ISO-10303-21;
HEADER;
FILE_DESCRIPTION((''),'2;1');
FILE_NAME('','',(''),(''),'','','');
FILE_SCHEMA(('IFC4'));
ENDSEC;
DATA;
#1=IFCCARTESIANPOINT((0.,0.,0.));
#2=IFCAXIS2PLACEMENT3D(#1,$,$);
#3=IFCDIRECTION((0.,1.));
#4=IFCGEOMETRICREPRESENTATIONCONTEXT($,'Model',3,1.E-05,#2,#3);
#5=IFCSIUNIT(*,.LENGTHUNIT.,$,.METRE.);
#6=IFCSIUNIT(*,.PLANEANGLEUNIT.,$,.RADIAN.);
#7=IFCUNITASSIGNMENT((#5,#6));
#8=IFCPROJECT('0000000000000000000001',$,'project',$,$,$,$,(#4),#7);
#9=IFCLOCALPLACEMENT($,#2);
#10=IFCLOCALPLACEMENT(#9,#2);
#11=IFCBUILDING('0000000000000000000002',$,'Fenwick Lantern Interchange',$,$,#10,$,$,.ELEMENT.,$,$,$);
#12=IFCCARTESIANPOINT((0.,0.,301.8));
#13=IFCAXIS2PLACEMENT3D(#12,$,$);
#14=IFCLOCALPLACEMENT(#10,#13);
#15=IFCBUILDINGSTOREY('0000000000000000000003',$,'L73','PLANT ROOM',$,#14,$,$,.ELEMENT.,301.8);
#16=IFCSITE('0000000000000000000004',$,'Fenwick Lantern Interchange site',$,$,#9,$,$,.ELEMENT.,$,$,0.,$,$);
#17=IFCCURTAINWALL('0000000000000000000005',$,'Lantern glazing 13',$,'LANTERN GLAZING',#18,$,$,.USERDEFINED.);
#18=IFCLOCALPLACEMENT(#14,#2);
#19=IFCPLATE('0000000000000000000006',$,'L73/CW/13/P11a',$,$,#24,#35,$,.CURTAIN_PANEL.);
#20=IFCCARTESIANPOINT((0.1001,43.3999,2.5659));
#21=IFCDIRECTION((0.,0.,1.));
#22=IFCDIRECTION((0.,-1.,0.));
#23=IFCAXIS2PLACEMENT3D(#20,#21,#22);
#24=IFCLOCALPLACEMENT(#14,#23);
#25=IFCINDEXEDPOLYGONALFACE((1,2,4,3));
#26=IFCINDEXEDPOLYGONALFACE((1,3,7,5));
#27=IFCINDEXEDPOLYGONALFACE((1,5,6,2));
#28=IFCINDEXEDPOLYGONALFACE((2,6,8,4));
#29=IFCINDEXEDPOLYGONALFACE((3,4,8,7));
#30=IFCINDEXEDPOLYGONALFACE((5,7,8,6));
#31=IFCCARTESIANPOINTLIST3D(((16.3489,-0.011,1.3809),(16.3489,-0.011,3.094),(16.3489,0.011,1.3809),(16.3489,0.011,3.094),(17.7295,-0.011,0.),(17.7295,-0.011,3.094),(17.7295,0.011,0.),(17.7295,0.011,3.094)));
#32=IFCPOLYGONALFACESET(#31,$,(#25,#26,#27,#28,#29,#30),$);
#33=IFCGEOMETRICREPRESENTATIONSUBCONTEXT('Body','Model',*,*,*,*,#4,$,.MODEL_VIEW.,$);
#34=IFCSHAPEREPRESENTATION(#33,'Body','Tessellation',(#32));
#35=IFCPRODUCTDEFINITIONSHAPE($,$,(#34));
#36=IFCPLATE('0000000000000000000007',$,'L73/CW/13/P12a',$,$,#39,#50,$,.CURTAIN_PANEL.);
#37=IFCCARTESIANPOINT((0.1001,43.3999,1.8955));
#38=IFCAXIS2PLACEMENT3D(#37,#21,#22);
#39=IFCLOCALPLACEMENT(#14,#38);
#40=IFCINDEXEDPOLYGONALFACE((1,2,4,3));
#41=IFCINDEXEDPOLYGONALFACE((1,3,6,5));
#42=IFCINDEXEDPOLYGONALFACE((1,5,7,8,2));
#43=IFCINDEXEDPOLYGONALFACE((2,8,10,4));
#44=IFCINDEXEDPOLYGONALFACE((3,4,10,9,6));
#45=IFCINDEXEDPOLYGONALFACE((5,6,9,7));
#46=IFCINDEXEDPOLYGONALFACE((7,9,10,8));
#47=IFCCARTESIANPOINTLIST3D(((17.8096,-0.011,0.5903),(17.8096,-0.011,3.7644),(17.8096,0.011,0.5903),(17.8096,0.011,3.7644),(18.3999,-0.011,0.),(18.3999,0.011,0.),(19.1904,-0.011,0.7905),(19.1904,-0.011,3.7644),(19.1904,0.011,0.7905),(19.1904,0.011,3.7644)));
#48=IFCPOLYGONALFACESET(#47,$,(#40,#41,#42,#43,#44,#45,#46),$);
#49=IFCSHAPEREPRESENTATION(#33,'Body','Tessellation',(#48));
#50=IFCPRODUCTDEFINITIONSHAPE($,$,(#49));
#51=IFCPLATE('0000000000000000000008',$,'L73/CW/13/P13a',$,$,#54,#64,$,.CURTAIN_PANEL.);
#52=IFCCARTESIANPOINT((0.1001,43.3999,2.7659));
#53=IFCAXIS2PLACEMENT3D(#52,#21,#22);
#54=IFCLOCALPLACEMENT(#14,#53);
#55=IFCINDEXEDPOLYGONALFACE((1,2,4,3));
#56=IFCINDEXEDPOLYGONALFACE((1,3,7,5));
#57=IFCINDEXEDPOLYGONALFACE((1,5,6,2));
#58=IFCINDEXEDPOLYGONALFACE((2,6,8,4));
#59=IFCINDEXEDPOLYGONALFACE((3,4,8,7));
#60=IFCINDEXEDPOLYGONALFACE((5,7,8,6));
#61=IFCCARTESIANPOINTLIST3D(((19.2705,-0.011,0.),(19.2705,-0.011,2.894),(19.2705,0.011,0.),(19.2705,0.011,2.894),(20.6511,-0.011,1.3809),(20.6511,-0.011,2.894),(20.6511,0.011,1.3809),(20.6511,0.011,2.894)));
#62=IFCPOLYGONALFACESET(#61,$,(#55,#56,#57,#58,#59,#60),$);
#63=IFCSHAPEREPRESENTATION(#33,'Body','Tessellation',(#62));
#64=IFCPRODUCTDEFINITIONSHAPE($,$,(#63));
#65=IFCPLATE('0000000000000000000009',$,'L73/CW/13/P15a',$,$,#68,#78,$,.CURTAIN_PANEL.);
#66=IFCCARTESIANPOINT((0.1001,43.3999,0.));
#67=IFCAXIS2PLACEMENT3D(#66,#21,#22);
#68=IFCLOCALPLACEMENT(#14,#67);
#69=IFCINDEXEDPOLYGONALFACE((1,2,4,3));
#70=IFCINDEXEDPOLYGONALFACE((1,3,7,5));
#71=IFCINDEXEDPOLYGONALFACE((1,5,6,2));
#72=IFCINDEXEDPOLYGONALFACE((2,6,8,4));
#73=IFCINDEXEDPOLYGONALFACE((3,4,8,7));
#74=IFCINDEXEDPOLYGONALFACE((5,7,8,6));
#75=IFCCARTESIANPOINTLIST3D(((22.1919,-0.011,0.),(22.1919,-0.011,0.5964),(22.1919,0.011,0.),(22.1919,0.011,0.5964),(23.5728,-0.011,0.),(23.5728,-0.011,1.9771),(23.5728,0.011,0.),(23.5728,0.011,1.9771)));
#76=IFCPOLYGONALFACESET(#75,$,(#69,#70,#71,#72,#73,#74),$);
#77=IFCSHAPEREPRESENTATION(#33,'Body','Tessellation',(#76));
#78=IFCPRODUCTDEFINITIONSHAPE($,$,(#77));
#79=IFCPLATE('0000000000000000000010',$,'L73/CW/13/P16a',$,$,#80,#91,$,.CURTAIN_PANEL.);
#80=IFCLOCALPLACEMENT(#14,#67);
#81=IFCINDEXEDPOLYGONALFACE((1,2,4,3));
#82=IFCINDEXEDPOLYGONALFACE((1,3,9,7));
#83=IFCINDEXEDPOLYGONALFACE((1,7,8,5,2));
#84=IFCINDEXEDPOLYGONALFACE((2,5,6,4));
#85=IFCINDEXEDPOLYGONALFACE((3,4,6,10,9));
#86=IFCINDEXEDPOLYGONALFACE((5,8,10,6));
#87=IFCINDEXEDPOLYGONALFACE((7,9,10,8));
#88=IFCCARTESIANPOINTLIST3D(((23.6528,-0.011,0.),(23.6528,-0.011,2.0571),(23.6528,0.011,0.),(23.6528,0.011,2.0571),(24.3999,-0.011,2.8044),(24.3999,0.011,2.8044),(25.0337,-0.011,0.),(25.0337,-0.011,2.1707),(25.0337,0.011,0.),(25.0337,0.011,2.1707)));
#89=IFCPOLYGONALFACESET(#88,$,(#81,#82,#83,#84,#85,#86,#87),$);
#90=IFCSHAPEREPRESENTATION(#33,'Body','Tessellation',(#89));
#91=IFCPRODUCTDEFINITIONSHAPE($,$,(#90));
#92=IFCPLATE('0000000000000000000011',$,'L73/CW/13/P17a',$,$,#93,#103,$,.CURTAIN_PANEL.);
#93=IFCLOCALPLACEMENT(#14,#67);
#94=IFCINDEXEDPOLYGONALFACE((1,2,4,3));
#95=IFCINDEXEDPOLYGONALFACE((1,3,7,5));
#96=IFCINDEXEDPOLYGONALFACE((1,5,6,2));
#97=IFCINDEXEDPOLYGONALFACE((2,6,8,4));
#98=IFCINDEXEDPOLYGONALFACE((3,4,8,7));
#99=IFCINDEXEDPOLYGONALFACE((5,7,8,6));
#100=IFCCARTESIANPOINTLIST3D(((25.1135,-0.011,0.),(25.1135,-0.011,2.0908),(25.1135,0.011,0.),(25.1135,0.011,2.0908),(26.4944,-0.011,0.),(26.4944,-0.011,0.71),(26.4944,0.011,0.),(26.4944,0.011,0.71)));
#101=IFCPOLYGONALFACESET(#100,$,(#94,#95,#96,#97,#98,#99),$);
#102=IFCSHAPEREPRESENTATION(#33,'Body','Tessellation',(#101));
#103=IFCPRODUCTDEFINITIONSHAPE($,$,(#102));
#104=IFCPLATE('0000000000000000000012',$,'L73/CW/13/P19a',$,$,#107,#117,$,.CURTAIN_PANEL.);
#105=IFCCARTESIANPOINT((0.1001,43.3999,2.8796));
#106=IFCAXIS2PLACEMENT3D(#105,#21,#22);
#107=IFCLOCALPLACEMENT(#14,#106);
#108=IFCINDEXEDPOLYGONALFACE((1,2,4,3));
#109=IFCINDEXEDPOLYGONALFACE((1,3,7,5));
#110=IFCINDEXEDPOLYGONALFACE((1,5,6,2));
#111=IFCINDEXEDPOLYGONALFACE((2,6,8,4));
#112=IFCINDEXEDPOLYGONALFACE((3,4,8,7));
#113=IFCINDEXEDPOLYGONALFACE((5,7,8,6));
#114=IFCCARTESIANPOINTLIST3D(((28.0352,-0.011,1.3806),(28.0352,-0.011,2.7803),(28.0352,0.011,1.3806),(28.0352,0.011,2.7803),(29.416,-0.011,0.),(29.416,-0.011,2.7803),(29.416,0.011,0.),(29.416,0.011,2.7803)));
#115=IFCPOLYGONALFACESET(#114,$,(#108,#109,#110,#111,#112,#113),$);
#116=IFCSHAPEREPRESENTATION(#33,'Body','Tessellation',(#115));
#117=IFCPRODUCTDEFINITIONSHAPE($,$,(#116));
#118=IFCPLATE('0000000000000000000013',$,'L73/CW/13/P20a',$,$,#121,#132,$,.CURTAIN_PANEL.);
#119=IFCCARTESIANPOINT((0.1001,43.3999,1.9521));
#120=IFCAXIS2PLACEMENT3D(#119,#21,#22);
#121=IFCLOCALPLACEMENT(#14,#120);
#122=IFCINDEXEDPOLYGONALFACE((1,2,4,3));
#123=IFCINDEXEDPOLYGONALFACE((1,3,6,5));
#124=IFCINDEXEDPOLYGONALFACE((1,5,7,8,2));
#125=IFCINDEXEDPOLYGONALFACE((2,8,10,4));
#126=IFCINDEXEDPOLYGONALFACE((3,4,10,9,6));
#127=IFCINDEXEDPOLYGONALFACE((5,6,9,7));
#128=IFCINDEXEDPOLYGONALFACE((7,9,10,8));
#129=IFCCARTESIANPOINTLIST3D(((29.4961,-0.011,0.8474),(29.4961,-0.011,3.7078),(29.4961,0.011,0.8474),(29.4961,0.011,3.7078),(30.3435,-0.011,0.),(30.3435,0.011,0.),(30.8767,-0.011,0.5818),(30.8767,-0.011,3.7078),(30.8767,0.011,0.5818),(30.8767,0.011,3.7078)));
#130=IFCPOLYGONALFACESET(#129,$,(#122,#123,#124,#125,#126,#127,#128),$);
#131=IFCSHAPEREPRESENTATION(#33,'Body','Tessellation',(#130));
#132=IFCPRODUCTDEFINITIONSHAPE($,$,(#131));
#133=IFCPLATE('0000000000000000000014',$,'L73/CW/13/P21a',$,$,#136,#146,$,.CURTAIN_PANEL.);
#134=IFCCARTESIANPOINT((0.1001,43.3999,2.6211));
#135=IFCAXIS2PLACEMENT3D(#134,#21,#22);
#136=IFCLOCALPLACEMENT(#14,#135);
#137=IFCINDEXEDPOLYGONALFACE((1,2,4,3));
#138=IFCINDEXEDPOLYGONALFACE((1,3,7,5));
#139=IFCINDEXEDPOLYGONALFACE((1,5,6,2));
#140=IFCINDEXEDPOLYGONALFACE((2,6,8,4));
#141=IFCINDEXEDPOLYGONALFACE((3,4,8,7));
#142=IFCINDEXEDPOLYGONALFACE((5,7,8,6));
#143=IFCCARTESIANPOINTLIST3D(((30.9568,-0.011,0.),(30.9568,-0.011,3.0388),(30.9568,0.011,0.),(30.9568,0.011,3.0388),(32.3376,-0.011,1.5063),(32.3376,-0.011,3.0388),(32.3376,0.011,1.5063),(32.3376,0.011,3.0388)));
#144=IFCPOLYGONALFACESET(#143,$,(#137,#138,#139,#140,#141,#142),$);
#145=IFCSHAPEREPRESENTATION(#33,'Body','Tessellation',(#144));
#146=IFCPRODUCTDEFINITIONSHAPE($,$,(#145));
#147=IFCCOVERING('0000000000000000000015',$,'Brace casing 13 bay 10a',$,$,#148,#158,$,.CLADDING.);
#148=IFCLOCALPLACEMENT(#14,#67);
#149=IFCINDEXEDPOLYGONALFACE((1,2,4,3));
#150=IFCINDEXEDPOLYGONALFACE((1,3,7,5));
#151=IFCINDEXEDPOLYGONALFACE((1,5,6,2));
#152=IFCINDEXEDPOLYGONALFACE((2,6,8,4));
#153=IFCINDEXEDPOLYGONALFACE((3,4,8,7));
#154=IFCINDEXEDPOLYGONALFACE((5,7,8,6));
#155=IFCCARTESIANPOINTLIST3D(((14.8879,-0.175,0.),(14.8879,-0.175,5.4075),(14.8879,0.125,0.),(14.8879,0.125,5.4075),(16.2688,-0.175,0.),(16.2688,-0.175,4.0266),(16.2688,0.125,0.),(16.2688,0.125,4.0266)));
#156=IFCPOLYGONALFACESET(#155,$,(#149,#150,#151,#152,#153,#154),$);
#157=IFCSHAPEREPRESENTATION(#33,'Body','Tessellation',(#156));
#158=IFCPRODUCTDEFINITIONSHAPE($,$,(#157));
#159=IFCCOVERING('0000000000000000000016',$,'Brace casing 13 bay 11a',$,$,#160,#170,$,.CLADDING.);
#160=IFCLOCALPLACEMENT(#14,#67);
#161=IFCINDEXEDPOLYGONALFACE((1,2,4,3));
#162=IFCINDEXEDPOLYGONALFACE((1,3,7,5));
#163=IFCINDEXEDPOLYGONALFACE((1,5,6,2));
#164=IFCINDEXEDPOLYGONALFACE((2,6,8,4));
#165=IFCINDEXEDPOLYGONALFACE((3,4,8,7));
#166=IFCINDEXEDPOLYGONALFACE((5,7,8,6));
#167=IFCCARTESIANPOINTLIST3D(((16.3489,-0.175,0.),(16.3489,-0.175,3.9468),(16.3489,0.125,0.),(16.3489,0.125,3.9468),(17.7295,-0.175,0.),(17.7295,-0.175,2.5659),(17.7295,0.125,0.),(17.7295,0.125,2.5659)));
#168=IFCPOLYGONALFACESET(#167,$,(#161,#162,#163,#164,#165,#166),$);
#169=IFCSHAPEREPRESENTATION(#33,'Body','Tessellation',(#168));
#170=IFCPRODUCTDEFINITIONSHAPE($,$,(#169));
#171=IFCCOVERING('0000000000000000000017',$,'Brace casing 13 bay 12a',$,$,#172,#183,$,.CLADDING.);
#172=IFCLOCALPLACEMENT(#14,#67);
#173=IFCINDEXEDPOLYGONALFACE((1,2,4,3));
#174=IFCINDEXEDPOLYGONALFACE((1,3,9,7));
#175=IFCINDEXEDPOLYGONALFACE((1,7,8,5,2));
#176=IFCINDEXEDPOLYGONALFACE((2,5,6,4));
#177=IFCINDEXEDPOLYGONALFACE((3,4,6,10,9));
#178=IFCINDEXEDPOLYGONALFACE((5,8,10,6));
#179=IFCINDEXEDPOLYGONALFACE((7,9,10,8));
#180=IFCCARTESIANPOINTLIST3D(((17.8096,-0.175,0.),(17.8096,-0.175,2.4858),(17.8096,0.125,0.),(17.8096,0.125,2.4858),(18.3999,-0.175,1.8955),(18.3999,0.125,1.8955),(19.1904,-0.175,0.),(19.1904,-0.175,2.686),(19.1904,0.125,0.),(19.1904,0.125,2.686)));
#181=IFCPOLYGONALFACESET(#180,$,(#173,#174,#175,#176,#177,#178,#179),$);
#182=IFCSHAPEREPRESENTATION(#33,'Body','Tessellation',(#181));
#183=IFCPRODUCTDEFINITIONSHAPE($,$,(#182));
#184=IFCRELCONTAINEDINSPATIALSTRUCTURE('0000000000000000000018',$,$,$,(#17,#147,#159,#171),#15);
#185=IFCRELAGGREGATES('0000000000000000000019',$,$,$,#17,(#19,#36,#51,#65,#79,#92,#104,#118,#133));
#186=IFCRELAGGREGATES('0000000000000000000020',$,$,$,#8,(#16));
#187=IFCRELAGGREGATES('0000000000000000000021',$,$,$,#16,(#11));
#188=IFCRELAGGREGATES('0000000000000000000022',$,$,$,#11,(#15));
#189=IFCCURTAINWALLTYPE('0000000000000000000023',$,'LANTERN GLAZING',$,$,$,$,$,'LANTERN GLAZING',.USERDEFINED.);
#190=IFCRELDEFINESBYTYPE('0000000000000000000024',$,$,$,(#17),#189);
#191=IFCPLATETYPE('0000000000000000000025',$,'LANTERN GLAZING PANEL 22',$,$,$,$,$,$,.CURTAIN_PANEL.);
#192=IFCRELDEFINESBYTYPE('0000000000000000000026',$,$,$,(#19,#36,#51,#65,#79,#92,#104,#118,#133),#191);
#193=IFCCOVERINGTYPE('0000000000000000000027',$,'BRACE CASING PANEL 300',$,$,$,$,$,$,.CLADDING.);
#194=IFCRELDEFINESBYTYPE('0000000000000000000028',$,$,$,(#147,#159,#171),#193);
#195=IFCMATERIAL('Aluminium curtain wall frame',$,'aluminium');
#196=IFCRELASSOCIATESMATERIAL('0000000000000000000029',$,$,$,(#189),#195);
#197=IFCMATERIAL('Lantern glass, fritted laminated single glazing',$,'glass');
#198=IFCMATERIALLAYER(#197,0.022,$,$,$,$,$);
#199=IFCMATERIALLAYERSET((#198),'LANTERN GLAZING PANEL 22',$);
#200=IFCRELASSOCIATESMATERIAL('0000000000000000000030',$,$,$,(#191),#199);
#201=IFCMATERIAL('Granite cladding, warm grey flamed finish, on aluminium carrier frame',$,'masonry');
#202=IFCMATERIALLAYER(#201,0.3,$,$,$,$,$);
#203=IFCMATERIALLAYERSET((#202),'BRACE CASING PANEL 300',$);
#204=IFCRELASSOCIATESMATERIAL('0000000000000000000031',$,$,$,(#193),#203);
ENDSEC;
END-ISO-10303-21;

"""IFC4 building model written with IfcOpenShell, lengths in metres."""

from ifc_helpers import new_model, si_unit, direction, frame, origin, place, context, subcontext, project, spatial, polyline, outline, extrude, material, layer, layer_set, type_object, element, aggregate, save


model = new_model("IFC4")

# Units and contexts
model_context = context("Model", 3, precision=1e-05, world=origin(), true_north=direction((0.0, 1.0)))
body_context = subcontext(model_context, "Body", "Model", "MODEL_VIEW")
ifc_project = project(units=[si_unit("LENGTHUNIT", "METRE"), si_unit("PLANEANGLEUNIT", "RADIAN")], contexts=[model_context])

# Site, building, storey
site_placement = place(None, origin())
site = spatial("IfcSite", under=ifc_project, at=site_placement, Name="Fenwick Lantern Interchange site", CompositionType="ELEMENT", RefElevation=0.0)
building_placement = place(site_placement, origin())
building = spatial("IfcBuilding", under=site, at=building_placement, Name="Fenwick Lantern Interchange", CompositionType="ELEMENT")
storey_placement = place(building_placement, frame((0.0, 0.0, 301.8)))
storey = spatial("IfcBuildingStorey", under=building, at=storey_placement, Name="L73", Description="PLANT ROOM", CompositionType="ELEMENT", Elevation=301.8)

# Curtain wall, plates
ifc_material_1 = material(Name="Aluminium curtain wall frame", Category="aluminium")
curtain_wall_type = type_object("IfcCurtainWallType", Name="LANTERN GLAZING", ElementType="LANTERN GLAZING", PredefinedType="USERDEFINED", material=ifc_material_1)
curtain_wall_placement = place(storey_placement, origin())
curtain_wall = element("IfcCurtainWall", 1, at=curtain_wall_placement, inside=storey, type_object=curtain_wall_type, Name="Lantern glazing 13", ObjectType="LANTERN GLAZING", PredefinedType="USERDEFINED")
ifc_material_2 = material(Name="Lantern glass, fritted laminated single glazing", Category="glass")
ifc_layer_1 = layer(ifc_material_2, 0.022)
ifc_layer_set_1 = layer_set([ifc_layer_1], Name="LANTERN GLAZING PANEL 22")
plate_type = type_object("IfcPlateType", Name="LANTERN GLAZING PANEL 22", PredefinedType="CURTAIN_PANEL", material=ifc_layer_set_1)
plate_1_placement = place(storey_placement, frame((0.1001, 43.3999, 2.5659), z_axis=(0.0, 0.0, 1.0), x_axis=(0.0, -1.0, 0.0)))
plate_1 = element("IfcPlate", 2, at=plate_1_placement, type_object=plate_type, Name="L73/CW/13/P11a", PredefinedType="CURTAIN_PANEL", context=body_context, shape_type="SweptSolid", body=[
    extrude(outline(polyline([(17.7295, 0.0), (17.7295, 3.094), (16.3489, 3.094), (16.3489, 1.3809), (17.7295, 0.0)])), frame((0.0, 0.011, 0.0), z_axis=(0.0, -1.0, 0.0), x_axis=(1.0, 0.0, 0.0)), (0.0, 0.0, 1.0), 0.022),
])
plate_2_placement = place(storey_placement, frame((0.1001, 43.3999, 1.8955), z_axis=(0.0, 0.0, 1.0), x_axis=(0.0, -1.0, 0.0)))
plate_2 = element("IfcPlate", 3, at=plate_2_placement, type_object=plate_type, Name="L73/CW/13/P12a", PredefinedType="CURTAIN_PANEL", context=body_context, shape_type="SweptSolid", body=[
    extrude(outline(polyline([(18.3999, 0.0), (19.1904, 0.7905), (19.1904, 3.7644), (17.8096, 3.7644), (17.8096, 0.5903), (18.3999, 0.0)])), frame((0.0, 0.011, 0.0), z_axis=(0.0, -1.0, 0.0), x_axis=(1.0, 0.0, 0.0)), (0.0, 0.0, 1.0), 0.022),
])
plate_3_placement = place(storey_placement, frame((0.1001, 43.3999, 2.7659), z_axis=(0.0, 0.0, 1.0), x_axis=(0.0, -1.0, 0.0)))
plate_3 = element("IfcPlate", 4, at=plate_3_placement, type_object=plate_type, Name="L73/CW/13/P13a", PredefinedType="CURTAIN_PANEL", context=body_context, shape_type="SweptSolid", body=[
    extrude(outline(polyline([(19.2705, 0.0), (20.6511, 1.3809), (20.6511, 2.894), (19.2705, 2.894), (19.2705, 0.0)])), frame((0.0, 0.011, 0.0), z_axis=(0.0, -1.0, 0.0), x_axis=(1.0, 0.0, 0.0)), (0.0, 0.0, 1.0), 0.022),
])
plate_4_placement = place(storey_placement, frame((0.1001, 43.3999, 0.0), z_axis=(0.0, 0.0, 1.0), x_axis=(0.0, -1.0, 0.0)))
plate_4 = element("IfcPlate", 5, at=plate_4_placement, type_object=plate_type, Name="L73/CW/13/P15a", PredefinedType="CURTAIN_PANEL", context=body_context, shape_type="SweptSolid", body=[
    extrude(outline(polyline([(22.1919, 0.0), (23.5728, 0.0), (23.5728, 1.9771), (22.1919, 0.5964), (22.1919, 0.0)])), frame((0.0, 0.011, 0.0), z_axis=(0.0, -1.0, 0.0), x_axis=(1.0, 0.0, 0.0)), (0.0, 0.0, 1.0), 0.022),
])
plate_5_placement = place(storey_placement, frame((0.1001, 43.3999, 0.0), z_axis=(0.0, 0.0, 1.0), x_axis=(0.0, -1.0, 0.0)))
plate_5 = element("IfcPlate", 6, at=plate_5_placement, type_object=plate_type, Name="L73/CW/13/P16a", PredefinedType="CURTAIN_PANEL", context=body_context, shape_type="SweptSolid", body=[
    extrude(outline(polyline([(23.6528, 0.0), (25.0337, 0.0), (25.0337, 2.1707), (24.3999, 2.8044), (23.6528, 2.0571), (23.6528, 0.0)])), frame((0.0, 0.011, 0.0), z_axis=(0.0, -1.0, 0.0), x_axis=(1.0, 0.0, 0.0)), (0.0, 0.0, 1.0), 0.022),
])
plate_6_placement = place(storey_placement, frame((0.1001, 43.3999, 0.0), z_axis=(0.0, 0.0, 1.0), x_axis=(0.0, -1.0, 0.0)))
plate_6 = element("IfcPlate", 7, at=plate_6_placement, type_object=plate_type, Name="L73/CW/13/P17a", PredefinedType="CURTAIN_PANEL", context=body_context, shape_type="SweptSolid", body=[
    extrude(outline(polyline([(25.1135, 0.0), (26.4944, 0.0), (26.4944, 0.71), (25.1135, 2.0908), (25.1135, 0.0)])), frame((0.0, 0.011, 0.0), z_axis=(0.0, -1.0, 0.0), x_axis=(1.0, 0.0, 0.0)), (0.0, 0.0, 1.0), 0.022),
])
plate_7_placement = place(storey_placement, frame((0.1001, 43.3999, 2.8796), z_axis=(0.0, 0.0, 1.0), x_axis=(0.0, -1.0, 0.0)))
plate_7 = element("IfcPlate", 8, at=plate_7_placement, type_object=plate_type, Name="L73/CW/13/P19a", PredefinedType="CURTAIN_PANEL", context=body_context, shape_type="SweptSolid", body=[
    extrude(outline(polyline([(29.416, 0.0), (29.416, 2.7803), (28.0352, 2.7803), (28.0352, 1.3806), (29.416, 0.0)])), frame((0.0, 0.011, 0.0), z_axis=(0.0, -1.0, 0.0), x_axis=(1.0, 0.0, 0.0)), (0.0, 0.0, 1.0), 0.022),
])
plate_8_placement = place(storey_placement, frame((0.1001, 43.3999, 1.9521), z_axis=(0.0, 0.0, 1.0), x_axis=(0.0, -1.0, 0.0)))
plate_8 = element("IfcPlate", 9, at=plate_8_placement, type_object=plate_type, Name="L73/CW/13/P20a", PredefinedType="CURTAIN_PANEL", context=body_context, shape_type="SweptSolid", body=[
    extrude(outline(polyline([(30.3435, 0.0), (30.8767, 0.5818), (30.8767, 3.7078), (29.4961, 3.7078), (29.4961, 0.8474), (30.3435, 0.0)])), frame((0.0, 0.011, 0.0), z_axis=(0.0, -1.0, 0.0), x_axis=(1.0, 0.0, 0.0)), (0.0, 0.0, 1.0), 0.022),
])
plate_9_placement = place(storey_placement, frame((0.1001, 43.3999, 2.6211), z_axis=(0.0, 0.0, 1.0), x_axis=(0.0, -1.0, 0.0)))
plate_9 = element("IfcPlate", 10, at=plate_9_placement, type_object=plate_type, Name="L73/CW/13/P21a", PredefinedType="CURTAIN_PANEL", context=body_context, shape_type="SweptSolid", body=[
    extrude(outline(polyline([(30.9568, 0.0), (32.3376, 1.5063), (32.3376, 3.0388), (30.9568, 3.0388), (30.9568, 0.0)])), frame((0.0, 0.011, 0.0), z_axis=(0.0, -1.0, 0.0), x_axis=(1.0, 0.0, 0.0)), (0.0, 0.0, 1.0), 0.022),
])
aggregate(curtain_wall, [plate_1, plate_2, plate_3, plate_4, plate_5, plate_6, plate_7, plate_8, plate_9])

# Coverings
ifc_material_3 = material(Name="Granite cladding, warm grey flamed finish, on aluminium carrier frame", Category="masonry")
ifc_layer_2 = layer(ifc_material_3, 0.3)
ifc_layer_set_2 = layer_set([ifc_layer_2], Name="BRACE CASING PANEL 300")
covering_type = type_object("IfcCoveringType", Name="BRACE CASING PANEL 300", PredefinedType="CLADDING", material=ifc_layer_set_2)
covering_1_placement = place(storey_placement, frame((0.1001, 43.3999, 0.0), z_axis=(0.0, 0.0, 1.0), x_axis=(0.0, -1.0, 0.0)))
element("IfcCovering", 11, at=covering_1_placement, inside=storey, type_object=covering_type, Name="Brace casing 13 bay 10a", PredefinedType="CLADDING", context=body_context, shape_type="SweptSolid", body=[
    extrude(outline(polyline([(14.8879, 0.0), (16.2688, 0.0), (16.2688, 4.0266), (14.8879, 5.4075), (14.8879, 0.0)])), frame((0.0, 0.125, 0.0), z_axis=(0.0, -1.0, 0.0), x_axis=(1.0, 0.0, 0.0)), (0.0, 0.0, 1.0), 0.3),
])
covering_2_placement = place(storey_placement, frame((0.1001, 43.3999, 0.0), z_axis=(0.0, 0.0, 1.0), x_axis=(0.0, -1.0, 0.0)))
element("IfcCovering", 12, at=covering_2_placement, inside=storey, type_object=covering_type, Name="Brace casing 13 bay 11a", PredefinedType="CLADDING", context=body_context, shape_type="SweptSolid", body=[
    extrude(outline(polyline([(16.3489, 0.0), (17.7295, 0.0), (17.7295, 2.5659), (16.3489, 3.9468), (16.3489, 0.0)])), frame((0.0, 0.125, 0.0), z_axis=(0.0, -1.0, 0.0), x_axis=(1.0, 0.0, 0.0)), (0.0, 0.0, 1.0), 0.3),
])
covering_3_placement = place(storey_placement, frame((0.1001, 43.3999, 0.0), z_axis=(0.0, 0.0, 1.0), x_axis=(0.0, -1.0, 0.0)))
element("IfcCovering", 13, at=covering_3_placement, inside=storey, type_object=covering_type, Name="Brace casing 13 bay 12a", PredefinedType="CLADDING", context=body_context, shape_type="SweptSolid", body=[
    extrude(outline(polyline([(17.8096, 0.0), (19.1904, 0.0), (19.1904, 2.686), (18.3999, 1.8955), (17.8096, 2.4858), (17.8096, 0.0)])), frame((0.0, 0.125, 0.0), z_axis=(0.0, -1.0, 0.0), x_axis=(1.0, 0.0, 0.0)), (0.0, 0.0, 1.0), 0.3),
])

save(model, "model.ifc")
